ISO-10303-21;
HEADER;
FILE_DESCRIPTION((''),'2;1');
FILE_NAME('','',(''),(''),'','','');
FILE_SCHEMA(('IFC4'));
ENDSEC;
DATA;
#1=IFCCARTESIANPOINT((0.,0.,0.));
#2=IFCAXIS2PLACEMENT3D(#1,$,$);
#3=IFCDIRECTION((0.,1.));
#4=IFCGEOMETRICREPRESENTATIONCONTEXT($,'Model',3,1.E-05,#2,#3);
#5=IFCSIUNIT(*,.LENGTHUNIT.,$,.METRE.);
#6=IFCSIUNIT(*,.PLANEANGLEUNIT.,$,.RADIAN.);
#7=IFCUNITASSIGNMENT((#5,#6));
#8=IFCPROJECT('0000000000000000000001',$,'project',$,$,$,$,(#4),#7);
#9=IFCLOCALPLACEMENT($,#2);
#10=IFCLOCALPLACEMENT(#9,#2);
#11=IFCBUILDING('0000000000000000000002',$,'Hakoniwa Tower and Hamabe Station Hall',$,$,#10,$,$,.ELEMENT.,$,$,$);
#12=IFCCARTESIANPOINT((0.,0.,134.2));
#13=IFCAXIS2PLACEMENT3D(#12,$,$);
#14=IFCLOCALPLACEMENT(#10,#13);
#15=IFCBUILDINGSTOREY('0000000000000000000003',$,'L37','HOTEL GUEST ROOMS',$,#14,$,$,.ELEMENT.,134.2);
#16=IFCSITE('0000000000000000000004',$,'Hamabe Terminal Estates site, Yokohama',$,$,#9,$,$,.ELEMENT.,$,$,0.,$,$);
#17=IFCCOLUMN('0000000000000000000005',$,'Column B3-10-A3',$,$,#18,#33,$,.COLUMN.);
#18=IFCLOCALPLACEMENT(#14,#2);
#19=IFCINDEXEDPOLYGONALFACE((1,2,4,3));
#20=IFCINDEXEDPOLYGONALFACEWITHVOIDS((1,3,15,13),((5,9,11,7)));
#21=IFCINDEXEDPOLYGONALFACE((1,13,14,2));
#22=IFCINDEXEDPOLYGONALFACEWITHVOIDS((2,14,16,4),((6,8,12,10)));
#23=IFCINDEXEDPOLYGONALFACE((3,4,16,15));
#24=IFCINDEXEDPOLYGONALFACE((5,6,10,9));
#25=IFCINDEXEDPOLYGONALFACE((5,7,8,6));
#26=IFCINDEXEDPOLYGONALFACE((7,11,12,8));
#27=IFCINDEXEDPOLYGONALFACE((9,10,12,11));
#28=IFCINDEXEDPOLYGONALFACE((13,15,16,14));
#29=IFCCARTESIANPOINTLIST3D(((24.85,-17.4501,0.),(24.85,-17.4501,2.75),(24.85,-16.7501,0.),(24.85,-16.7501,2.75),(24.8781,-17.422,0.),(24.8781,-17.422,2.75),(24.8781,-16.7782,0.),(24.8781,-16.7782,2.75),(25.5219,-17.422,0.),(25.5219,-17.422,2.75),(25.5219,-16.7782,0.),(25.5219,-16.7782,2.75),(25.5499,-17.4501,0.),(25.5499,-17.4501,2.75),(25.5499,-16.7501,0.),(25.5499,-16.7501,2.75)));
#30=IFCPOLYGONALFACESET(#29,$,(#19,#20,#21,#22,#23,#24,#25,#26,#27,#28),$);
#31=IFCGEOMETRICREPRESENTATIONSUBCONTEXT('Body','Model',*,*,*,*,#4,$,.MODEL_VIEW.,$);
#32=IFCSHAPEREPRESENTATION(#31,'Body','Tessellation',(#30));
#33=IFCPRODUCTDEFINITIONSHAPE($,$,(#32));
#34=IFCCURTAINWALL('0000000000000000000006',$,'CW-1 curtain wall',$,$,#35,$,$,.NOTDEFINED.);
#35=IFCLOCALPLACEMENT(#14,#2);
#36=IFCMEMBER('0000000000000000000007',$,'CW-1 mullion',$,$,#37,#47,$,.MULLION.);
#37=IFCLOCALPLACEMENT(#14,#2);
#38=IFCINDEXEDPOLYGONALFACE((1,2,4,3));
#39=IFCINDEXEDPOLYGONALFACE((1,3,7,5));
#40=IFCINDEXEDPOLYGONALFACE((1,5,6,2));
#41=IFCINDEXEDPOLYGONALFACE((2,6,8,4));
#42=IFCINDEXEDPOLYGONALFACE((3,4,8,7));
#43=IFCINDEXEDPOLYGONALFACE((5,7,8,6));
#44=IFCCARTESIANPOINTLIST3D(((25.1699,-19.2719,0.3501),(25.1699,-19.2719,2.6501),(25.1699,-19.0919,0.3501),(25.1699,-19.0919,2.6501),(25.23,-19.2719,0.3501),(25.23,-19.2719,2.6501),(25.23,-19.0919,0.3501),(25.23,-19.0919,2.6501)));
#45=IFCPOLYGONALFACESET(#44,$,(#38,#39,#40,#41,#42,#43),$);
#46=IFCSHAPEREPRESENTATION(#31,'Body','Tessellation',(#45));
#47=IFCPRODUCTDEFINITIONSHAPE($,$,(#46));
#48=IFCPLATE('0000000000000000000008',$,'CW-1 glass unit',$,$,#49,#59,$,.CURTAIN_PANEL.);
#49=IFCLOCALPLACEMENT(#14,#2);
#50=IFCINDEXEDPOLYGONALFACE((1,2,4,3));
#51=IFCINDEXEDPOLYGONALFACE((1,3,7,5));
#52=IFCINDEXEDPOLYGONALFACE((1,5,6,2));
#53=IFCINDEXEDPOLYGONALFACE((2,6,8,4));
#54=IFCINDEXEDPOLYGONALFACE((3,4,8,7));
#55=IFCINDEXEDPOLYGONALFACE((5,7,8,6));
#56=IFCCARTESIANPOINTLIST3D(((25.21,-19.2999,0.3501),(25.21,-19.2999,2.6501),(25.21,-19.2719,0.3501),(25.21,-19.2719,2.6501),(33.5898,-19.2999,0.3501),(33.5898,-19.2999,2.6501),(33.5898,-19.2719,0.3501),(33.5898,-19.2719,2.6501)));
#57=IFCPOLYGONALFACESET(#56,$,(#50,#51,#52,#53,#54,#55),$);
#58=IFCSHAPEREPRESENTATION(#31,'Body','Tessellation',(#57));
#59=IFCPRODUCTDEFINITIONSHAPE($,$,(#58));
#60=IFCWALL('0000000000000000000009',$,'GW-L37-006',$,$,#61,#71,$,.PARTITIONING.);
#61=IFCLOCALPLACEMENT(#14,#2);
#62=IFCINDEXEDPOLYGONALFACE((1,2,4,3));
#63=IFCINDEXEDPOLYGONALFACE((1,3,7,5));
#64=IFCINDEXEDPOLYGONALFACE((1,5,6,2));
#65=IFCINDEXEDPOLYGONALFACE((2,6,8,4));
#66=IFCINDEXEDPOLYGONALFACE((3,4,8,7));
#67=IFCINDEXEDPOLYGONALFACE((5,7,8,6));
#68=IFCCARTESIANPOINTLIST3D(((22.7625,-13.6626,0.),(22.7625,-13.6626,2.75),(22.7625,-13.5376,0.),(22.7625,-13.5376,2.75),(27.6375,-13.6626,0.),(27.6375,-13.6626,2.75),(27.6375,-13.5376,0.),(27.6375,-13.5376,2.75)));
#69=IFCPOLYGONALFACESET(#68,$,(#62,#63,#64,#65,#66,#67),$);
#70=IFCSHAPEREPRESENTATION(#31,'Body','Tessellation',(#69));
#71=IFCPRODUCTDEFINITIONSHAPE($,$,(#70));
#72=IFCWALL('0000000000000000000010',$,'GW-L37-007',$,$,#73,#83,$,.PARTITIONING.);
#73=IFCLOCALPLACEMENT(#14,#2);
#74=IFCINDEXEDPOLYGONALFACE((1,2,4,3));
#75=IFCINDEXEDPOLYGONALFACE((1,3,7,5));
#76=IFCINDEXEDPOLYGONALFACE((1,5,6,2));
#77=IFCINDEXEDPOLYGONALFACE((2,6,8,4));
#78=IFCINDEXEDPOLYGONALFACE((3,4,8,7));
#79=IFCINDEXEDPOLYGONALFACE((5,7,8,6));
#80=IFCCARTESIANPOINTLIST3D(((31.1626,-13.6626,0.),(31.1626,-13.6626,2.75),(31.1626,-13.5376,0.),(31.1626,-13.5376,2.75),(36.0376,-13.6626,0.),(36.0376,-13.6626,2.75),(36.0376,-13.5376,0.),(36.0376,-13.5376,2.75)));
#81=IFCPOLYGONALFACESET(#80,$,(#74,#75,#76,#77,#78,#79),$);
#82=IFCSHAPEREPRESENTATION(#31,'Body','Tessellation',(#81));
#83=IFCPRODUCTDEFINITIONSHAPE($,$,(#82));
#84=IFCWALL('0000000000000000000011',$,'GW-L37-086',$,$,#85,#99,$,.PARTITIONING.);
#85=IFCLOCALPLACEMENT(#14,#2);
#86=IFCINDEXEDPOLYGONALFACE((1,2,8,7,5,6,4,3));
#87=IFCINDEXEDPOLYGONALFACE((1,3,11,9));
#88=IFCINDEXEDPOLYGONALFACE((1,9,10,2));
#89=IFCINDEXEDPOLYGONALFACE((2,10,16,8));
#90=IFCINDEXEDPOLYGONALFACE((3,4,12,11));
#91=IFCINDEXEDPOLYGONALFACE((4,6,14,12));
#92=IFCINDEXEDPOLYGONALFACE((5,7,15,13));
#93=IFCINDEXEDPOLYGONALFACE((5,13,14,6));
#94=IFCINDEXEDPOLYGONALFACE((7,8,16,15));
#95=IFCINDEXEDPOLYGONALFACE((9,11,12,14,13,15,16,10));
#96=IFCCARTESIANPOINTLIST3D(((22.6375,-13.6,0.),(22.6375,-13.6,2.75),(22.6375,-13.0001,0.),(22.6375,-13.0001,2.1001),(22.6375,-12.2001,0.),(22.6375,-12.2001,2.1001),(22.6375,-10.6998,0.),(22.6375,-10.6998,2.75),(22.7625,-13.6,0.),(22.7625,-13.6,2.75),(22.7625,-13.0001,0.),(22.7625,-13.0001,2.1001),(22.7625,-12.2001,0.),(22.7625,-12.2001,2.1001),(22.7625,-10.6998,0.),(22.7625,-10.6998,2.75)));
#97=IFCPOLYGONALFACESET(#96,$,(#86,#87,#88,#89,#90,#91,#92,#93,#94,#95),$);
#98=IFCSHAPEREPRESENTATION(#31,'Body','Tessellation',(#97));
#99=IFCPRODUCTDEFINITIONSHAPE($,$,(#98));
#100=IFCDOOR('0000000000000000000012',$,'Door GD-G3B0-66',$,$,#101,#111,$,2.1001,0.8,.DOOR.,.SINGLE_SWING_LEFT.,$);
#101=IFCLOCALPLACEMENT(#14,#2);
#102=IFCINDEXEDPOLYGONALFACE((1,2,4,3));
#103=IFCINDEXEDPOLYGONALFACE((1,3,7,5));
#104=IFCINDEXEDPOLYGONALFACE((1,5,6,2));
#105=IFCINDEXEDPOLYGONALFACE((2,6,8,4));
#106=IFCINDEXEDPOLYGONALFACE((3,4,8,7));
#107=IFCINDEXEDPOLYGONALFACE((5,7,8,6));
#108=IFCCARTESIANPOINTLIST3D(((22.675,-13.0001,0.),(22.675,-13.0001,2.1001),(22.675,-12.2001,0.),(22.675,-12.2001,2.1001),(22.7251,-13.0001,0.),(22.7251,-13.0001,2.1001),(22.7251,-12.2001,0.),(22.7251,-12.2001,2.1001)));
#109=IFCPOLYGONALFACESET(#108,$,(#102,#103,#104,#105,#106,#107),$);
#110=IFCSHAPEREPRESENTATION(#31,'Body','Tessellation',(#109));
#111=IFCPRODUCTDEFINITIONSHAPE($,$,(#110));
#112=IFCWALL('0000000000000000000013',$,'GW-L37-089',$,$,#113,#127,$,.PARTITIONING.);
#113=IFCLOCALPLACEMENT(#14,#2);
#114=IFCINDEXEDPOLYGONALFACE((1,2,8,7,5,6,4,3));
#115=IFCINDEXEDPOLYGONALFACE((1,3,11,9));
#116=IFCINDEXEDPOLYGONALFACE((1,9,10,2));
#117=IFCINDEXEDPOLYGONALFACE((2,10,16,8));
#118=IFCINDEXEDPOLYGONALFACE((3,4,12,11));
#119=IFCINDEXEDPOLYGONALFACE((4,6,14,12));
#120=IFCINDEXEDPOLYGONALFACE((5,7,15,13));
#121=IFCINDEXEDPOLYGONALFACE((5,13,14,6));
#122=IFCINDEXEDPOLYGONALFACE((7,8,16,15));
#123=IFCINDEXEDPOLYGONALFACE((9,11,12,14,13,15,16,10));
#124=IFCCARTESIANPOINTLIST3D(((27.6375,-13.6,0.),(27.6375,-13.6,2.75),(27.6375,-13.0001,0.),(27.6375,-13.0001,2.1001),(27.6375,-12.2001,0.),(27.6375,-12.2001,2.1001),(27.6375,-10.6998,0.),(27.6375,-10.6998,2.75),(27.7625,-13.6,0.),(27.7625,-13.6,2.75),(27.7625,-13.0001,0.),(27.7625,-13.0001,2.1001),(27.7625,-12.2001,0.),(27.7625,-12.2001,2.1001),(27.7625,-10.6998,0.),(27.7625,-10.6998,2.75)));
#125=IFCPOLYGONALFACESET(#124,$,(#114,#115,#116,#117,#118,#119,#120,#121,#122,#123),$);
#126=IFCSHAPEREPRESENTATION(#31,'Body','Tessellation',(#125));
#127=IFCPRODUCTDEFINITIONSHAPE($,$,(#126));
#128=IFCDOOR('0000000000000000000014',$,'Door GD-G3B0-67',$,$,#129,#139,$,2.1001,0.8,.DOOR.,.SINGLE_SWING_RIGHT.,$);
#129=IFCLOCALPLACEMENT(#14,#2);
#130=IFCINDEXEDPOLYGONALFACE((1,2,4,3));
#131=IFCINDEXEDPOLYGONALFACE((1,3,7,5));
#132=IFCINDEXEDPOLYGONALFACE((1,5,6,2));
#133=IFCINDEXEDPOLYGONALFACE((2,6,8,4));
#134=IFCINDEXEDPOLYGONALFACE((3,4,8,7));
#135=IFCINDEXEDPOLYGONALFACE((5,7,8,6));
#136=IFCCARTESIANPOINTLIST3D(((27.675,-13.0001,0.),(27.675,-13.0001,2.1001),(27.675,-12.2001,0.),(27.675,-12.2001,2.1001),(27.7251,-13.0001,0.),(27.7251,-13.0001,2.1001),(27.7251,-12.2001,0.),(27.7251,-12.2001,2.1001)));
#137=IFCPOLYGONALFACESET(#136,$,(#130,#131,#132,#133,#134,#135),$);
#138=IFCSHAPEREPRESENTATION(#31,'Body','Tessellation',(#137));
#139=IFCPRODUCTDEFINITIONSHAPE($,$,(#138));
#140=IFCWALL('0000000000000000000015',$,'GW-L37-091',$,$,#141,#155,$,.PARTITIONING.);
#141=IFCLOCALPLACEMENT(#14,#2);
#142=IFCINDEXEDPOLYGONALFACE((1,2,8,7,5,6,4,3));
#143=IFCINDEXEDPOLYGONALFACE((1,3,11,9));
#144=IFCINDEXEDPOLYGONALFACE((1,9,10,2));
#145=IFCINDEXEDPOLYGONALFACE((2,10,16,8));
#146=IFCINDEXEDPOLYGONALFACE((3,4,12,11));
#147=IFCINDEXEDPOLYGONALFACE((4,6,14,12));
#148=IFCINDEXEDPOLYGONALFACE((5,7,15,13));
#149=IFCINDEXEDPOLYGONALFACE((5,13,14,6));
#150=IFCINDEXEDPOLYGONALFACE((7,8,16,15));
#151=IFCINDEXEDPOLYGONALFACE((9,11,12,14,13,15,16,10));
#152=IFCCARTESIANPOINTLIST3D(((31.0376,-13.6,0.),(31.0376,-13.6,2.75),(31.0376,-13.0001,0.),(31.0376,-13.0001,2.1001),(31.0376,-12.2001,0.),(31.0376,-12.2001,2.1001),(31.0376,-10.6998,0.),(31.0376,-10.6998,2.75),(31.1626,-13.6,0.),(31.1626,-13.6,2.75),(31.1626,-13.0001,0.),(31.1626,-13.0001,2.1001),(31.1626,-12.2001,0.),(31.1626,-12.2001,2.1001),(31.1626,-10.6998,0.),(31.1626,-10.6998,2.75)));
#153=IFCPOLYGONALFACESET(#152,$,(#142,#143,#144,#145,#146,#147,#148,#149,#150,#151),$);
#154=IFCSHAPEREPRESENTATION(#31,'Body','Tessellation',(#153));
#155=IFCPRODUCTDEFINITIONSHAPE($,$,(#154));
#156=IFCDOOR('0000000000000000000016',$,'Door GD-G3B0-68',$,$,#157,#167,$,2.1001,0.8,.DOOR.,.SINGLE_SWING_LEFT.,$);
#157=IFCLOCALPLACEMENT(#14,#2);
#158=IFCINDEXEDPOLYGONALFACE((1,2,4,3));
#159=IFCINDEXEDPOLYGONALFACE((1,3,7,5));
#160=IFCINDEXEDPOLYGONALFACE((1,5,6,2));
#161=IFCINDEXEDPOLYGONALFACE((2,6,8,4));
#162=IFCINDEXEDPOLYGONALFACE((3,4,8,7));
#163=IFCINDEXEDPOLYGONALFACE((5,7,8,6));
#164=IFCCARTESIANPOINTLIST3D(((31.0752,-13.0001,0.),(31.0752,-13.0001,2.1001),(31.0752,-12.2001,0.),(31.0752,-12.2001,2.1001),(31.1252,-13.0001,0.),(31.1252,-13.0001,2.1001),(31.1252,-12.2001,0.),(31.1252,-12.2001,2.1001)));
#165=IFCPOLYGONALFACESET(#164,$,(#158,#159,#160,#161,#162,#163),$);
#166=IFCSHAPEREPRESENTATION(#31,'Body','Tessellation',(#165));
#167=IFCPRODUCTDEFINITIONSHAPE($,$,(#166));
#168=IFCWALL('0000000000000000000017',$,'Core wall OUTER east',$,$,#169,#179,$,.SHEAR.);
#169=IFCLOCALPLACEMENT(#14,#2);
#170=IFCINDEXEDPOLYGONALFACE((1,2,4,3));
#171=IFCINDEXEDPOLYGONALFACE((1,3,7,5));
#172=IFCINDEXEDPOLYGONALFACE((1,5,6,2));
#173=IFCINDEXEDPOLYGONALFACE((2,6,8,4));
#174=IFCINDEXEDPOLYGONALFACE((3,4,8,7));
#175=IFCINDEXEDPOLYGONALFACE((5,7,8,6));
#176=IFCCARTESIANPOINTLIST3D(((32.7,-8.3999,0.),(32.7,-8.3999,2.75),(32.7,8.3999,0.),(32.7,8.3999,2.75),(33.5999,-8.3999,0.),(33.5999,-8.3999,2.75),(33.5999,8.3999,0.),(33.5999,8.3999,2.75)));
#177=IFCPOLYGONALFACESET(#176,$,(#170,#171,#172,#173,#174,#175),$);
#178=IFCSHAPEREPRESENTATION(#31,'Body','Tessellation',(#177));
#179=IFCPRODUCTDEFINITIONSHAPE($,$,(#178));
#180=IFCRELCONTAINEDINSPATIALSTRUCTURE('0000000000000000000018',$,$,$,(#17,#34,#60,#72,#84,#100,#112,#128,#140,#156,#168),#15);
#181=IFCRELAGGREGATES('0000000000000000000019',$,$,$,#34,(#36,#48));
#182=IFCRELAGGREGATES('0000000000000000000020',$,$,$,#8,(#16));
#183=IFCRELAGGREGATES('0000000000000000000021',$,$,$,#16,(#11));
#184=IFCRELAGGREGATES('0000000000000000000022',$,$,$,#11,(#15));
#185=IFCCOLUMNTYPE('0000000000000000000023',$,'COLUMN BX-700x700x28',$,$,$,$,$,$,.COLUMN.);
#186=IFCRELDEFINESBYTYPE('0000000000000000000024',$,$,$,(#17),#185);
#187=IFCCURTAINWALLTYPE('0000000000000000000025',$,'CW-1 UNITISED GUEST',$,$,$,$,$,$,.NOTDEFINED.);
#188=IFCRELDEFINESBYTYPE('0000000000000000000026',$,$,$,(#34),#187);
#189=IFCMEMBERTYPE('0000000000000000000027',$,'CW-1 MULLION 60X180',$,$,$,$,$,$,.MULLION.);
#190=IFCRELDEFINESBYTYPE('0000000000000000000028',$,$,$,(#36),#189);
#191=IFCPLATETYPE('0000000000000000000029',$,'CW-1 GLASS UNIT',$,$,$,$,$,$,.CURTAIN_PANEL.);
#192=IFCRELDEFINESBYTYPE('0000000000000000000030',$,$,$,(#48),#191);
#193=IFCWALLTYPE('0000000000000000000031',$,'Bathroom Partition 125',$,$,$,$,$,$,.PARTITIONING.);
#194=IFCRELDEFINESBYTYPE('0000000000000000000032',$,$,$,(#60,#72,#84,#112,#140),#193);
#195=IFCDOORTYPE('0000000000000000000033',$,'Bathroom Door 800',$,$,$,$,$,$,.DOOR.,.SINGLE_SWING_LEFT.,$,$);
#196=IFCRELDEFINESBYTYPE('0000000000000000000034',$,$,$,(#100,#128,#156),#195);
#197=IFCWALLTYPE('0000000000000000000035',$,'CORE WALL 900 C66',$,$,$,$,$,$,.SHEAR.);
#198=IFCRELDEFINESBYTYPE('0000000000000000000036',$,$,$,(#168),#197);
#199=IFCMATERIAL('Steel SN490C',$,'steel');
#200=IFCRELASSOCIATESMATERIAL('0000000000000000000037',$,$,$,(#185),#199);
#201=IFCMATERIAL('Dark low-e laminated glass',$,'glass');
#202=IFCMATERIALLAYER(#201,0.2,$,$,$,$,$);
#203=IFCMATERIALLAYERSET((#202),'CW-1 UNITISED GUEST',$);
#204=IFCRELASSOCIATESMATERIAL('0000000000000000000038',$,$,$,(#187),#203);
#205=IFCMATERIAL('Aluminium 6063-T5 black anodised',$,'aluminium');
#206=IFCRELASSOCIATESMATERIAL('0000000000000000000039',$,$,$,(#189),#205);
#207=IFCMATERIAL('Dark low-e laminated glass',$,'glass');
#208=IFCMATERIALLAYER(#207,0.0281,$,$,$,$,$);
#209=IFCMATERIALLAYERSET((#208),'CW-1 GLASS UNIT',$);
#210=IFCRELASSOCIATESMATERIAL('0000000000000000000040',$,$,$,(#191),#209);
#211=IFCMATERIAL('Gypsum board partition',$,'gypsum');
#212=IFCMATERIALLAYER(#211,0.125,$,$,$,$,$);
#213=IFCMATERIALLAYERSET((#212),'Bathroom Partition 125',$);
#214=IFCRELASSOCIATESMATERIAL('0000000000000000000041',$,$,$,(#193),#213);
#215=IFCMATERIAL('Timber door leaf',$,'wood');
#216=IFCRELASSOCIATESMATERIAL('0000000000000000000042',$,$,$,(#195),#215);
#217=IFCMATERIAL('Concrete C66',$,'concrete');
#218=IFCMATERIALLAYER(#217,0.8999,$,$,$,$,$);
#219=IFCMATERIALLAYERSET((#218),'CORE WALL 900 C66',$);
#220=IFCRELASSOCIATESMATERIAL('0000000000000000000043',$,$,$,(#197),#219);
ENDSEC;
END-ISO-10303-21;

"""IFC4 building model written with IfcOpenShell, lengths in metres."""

from ifc_helpers import new_model, si_unit, direction, frame, frame_2d, origin, origin_2d, place, context, subcontext, project, spatial, rectangle, hollow_rectangle, extrude, material, layer, layer_set, material_profile, profile_set, type_object, element, fill, aggregate, save


model = new_model("IFC4")

# Units and contexts
model_context = context("Model", 3, precision=1e-05, world=origin(), true_north=direction((0.0, 1.0)))
body_context = subcontext(model_context, "Body", "Model", "MODEL_VIEW")
ifc_project = project(units=[si_unit("LENGTHUNIT", "METRE"), si_unit("PLANEANGLEUNIT", "RADIAN")], contexts=[model_context])

# Site, building, storey
site_placement = place(None, origin())
site = spatial("IfcSite", under=ifc_project, at=site_placement, Name="Hamabe Terminal Estates site, Yokohama", CompositionType="ELEMENT", RefElevation=0.0)
building_placement = place(site_placement, origin())
building = spatial("IfcBuilding", under=site, at=building_placement, Name="Hakoniwa Tower and Hamabe Station Hall", CompositionType="ELEMENT")
storey_placement = place(building_placement, frame((0.0, 0.0, 134.2)))
storey = spatial("IfcBuildingStorey", under=building, at=storey_placement, Name="L37", Description="HOTEL GUEST ROOMS", CompositionType="ELEMENT", Elevation=134.2)

# Column
ifc_material_1 = material(Name="Steel SN490C", Category="steel")
ifc_material_profile_1 = material_profile(ifc_material_1, hollow_rectangle(XDim=0.7, YDim=0.7, WallThickness=0.0281, at=origin_2d()), Name="BX-700x700x28")
ifc_profile_set_1 = profile_set([ifc_material_profile_1], Name="Steel SN490C")
column_type = type_object("IfcColumnType", Name="COLUMN BX-700x700x28", PredefinedType="COLUMN", material=ifc_profile_set_1)
column_placement = place(storey_placement, frame((25.2, -17.1001, 0.0), z_axis=(0.0, 0.0, 1.0), x_axis=(1.0, 0.0, 0.0)))
element("IfcColumn", 1, at=column_placement, inside=storey, type_object=column_type, Name="Column B3-10-A3", PredefinedType="COLUMN", context=body_context, shape_type="SweptSolid", body=[
    extrude(hollow_rectangle(XDim=0.7, YDim=0.7, WallThickness=0.0281, at=origin_2d()), origin(), (0.0, 0.0, 1.0), 2.75),
])

# Curtain wall, member, plate
ifc_material_2 = material(Name="Dark low-e laminated glass", Category="glass")
ifc_layer_1 = layer(ifc_material_2, 0.2)
ifc_layer_set_1 = layer_set([ifc_layer_1], Name="CW-1 UNITISED GUEST")
curtain_wall_type = type_object("IfcCurtainWallType", Name="CW-1 UNITISED GUEST", PredefinedType="NOTDEFINED", material=ifc_layer_set_1)
curtain_wall_placement = place(storey_placement, origin())
curtain_wall = element("IfcCurtainWall", 2, at=curtain_wall_placement, inside=storey, type_object=curtain_wall_type, Name="CW-1 curtain wall", PredefinedType="NOTDEFINED")
ifc_material_3 = material(Name="Aluminium 6063-T5 black anodised", Category="aluminium")
ifc_material_profile_2 = material_profile(ifc_material_3, rectangle(XDim=0.0601, YDim=0.1799, at=origin_2d()), Name="CW-1 MULLION 60X180")
ifc_profile_set_2 = profile_set([ifc_material_profile_2], Name="Aluminium 6063-T5 black anodised")
member_type = type_object("IfcMemberType", Name="CW-1 MULLION 60X180", PredefinedType="MULLION", material=ifc_profile_set_2)
member_placement = place(storey_placement, frame((25.2, -19.1819, 0.3501), z_axis=(0.0, 0.0, 1.0), x_axis=(1.0, 0.0, 0.0)))
member = element("IfcMember", 3, at=member_placement, type_object=member_type, Name="CW-1 mullion", PredefinedType="MULLION", context=body_context, shape_type="SweptSolid", body=[
    extrude(rectangle(XDim=0.0601, YDim=0.1799, at=origin_2d()), origin(), (0.0, 0.0, 1.0), 2.3),
])
ifc_material_4 = material(Name="Dark low-e laminated glass", Category="glass")
ifc_layer_2 = layer(ifc_material_4, 0.0281)
ifc_layer_set_2 = layer_set([ifc_layer_2], Name="CW-1 GLASS UNIT")
plate_type = type_object("IfcPlateType", Name="CW-1 GLASS UNIT", PredefinedType="CURTAIN_PANEL", material=ifc_layer_set_2)
plate_placement = place(storey_placement, frame((29.3999, -19.2859, 0.3501), z_axis=(0.0, 0.0, 1.0), x_axis=(1.0, 0.0, 0.0)))
plate = element("IfcPlate", 4, at=plate_placement, type_object=plate_type, Name="CW-1 glass unit", PredefinedType="CURTAIN_PANEL", context=body_context, shape_type="SweptSolid", body=[
    extrude(rectangle(XDim=8.3799, YDim=0.0281, at=origin_2d()), origin(), (0.0, 0.0, 1.0), 2.3),
])
aggregate(curtain_wall, [member, plate])

# Walls
ifc_material_5 = material(Name="Gypsum board partition", Category="gypsum")
ifc_layer_3 = layer(ifc_material_5, 0.125)
ifc_layer_set_3 = layer_set([ifc_layer_3], Name="Bathroom Partition 125")
wall_type_1 = type_object("IfcWallType", Name="Bathroom Partition 125", PredefinedType="PARTITIONING", material=ifc_layer_set_3)
for number, where, z_axis, x_axis, name in (
    (5, (22.7625, -13.6001, 0.0), (0.0, 0.0, 1.0), (1.0, 0.0, 0.0), "GW-L37-006"),
    (6, (31.1626, -13.6001, 0.0), (0.0, 0.0, 1.0), (1.0, 0.0, 0.0), "GW-L37-007"),
):
    element("IfcWall", number, at=place(storey_placement, frame(where, z_axis=z_axis, x_axis=x_axis)), inside=storey, type_object=wall_type_1, Name=name, PredefinedType="PARTITIONING", context=body_context, shape_type="SweptSolid", body=[
        extrude(rectangle(XDim=4.875, YDim=0.125, at=frame_2d((2.4375, 0.0))), origin(), (0.0, 0.0, 1.0), 2.75),
    ])

# Walls, openings, doors
wall_1_placement = place(storey_placement, frame((22.7, -13.6001, 0.0), z_axis=(0.0, 0.0, 1.0), x_axis=(0.0, 1.0, 0.0)))
wall_1 = element("IfcWall", 7, at=wall_1_placement, inside=storey, type_object=wall_type_1, Name="GW-L37-086", PredefinedType="PARTITIONING", context=body_context, shape_type="SweptSolid", body=[
    extrude(rectangle(XDim=2.9001, YDim=0.125, at=frame_2d((1.4502, 0.0))), origin(), (0.0, 0.0, 1.0), 2.75),
])
opening_1_placement = place(wall_1_placement, frame((0.6001, 0.0, 0.0)))
opening_1 = element("IfcOpeningElement", 8, at=opening_1_placement, cuts=wall_1, PredefinedType="OPENING", context=body_context, shape_type="SweptSolid", body=[
    extrude(rectangle(XDim=0.8, YDim=2.1001, at=frame_2d((0.3999, 1.05))), frame((0.0, 0.0725, 0.0), z_axis=(0.0, -1.0, 0.0), x_axis=(1.0, 0.0, 0.0)), (0.0, 0.0, 1.0), 0.145),
])
ifc_material_6 = material(Name="Timber door leaf", Category="wood")
door_type = type_object("IfcDoorType", Name="Bathroom Door 800", OperationType="SINGLE_SWING_LEFT", PredefinedType="DOOR", material=ifc_material_6)
door_1_placement = place(opening_1_placement, origin())
door_1 = element("IfcDoor", 9, at=door_1_placement, inside=storey, type_object=door_type, Name="Door GD-G3B0-66", OperationType="SINGLE_SWING_LEFT", OverallHeight=2.1001, OverallWidth=0.8, PredefinedType="DOOR", context=body_context, shape_type="SweptSolid", body=[
    extrude(rectangle(XDim=0.8, YDim=2.1001, at=frame_2d((0.3999, 1.05))), frame((0.0, 0.0249, 0.0), z_axis=(0.0, -1.0, 0.0), x_axis=(1.0, 0.0, 0.0)), (0.0, 0.0, 1.0), 0.05),
])
fill(opening_1, door_1)
wall_2_placement = place(storey_placement, frame((27.7, -13.6001, 0.0), z_axis=(0.0, 0.0, 1.0), x_axis=(0.0, 1.0, 0.0)))
wall_2 = element("IfcWall", 10, at=wall_2_placement, inside=storey, type_object=wall_type_1, Name="GW-L37-089", PredefinedType="PARTITIONING", context=body_context, shape_type="SweptSolid", body=[
    extrude(rectangle(XDim=2.9001, YDim=0.125, at=frame_2d((1.4502, 0.0))), origin(), (0.0, 0.0, 1.0), 2.75),
])
opening_2_placement = place(wall_2_placement, frame((0.6001, 0.0, 0.0)))
opening_2 = element("IfcOpeningElement", 11, at=opening_2_placement, cuts=wall_2, PredefinedType="OPENING", context=body_context, shape_type="SweptSolid", body=[
    extrude(rectangle(XDim=0.8, YDim=2.1001, at=frame_2d((0.3999, 1.05))), frame((0.0, 0.0725, 0.0), z_axis=(0.0, -1.0, 0.0), x_axis=(1.0, 0.0, 0.0)), (0.0, 0.0, 1.0), 0.145),
])
door_2_placement = place(opening_2_placement, origin())
door_2 = element("IfcDoor", 12, at=door_2_placement, inside=storey, type_object=door_type, Name="Door GD-G3B0-67", OperationType="SINGLE_SWING_RIGHT", OverallHeight=2.1001, OverallWidth=0.8, PredefinedType="DOOR", context=body_context, shape_type="SweptSolid", body=[
    extrude(rectangle(XDim=0.8, YDim=2.1001, at=frame_2d((0.3999, 1.05))), frame((0.0, 0.0249, 0.0), z_axis=(0.0, -1.0, 0.0), x_axis=(1.0, 0.0, 0.0)), (0.0, 0.0, 1.0), 0.05),
])
fill(opening_2, door_2)
wall_3_placement = place(storey_placement, frame((31.1001, -13.6001, 0.0), z_axis=(0.0, 0.0, 1.0), x_axis=(0.0, 1.0, 0.0)))
wall_3 = element("IfcWall", 13, at=wall_3_placement, inside=storey, type_object=wall_type_1, Name="GW-L37-091", PredefinedType="PARTITIONING", context=body_context, shape_type="SweptSolid", body=[
    extrude(rectangle(XDim=2.9001, YDim=0.125, at=frame_2d((1.4502, 0.0))), origin(), (0.0, 0.0, 1.0), 2.75),
])
opening_3_placement = place(wall_3_placement, frame((0.6001, 0.0, 0.0)))
opening_3 = element("IfcOpeningElement", 14, at=opening_3_placement, cuts=wall_3, PredefinedType="OPENING", context=body_context, shape_type="SweptSolid", body=[
    extrude(rectangle(XDim=0.8, YDim=2.1001, at=frame_2d((0.3999, 1.05))), frame((0.0, 0.0725, 0.0), z_axis=(0.0, -1.0, 0.0), x_axis=(1.0, 0.0, 0.0)), (0.0, 0.0, 1.0), 0.145),
])
door_3_placement = place(opening_3_placement, origin())
door_3 = element("IfcDoor", 15, at=door_3_placement, inside=storey, type_object=door_type, Name="Door GD-G3B0-68", OperationType="SINGLE_SWING_LEFT", OverallHeight=2.1001, OverallWidth=0.8, PredefinedType="DOOR", context=body_context, shape_type="SweptSolid", body=[
    extrude(rectangle(XDim=0.8, YDim=2.1001, at=frame_2d((0.3999, 1.05))), frame((0.0, 0.0249, 0.0), z_axis=(0.0, -1.0, 0.0), x_axis=(1.0, 0.0, 0.0)), (0.0, 0.0, 1.0), 0.05),
])
fill(opening_3, door_3)

# Wall
ifc_material_7 = material(Name="Concrete C66", Category="concrete")
ifc_layer_4 = layer(ifc_material_7, 0.8999)
ifc_layer_set_4 = layer_set([ifc_layer_4], Name="CORE WALL 900 C66")
wall_type_2 = type_object("IfcWallType", Name="CORE WALL 900 C66", PredefinedType="SHEAR", material=ifc_layer_set_4)
wall_4_placement = place(storey_placement, frame((33.1499, -8.3999, 0.0), z_axis=(0.0, 0.0, 1.0), x_axis=(0.0, 1.0, 0.0)))
element("IfcWall", 16, at=wall_4_placement, inside=storey, type_object=wall_type_2, Name="Core wall OUTER east", PredefinedType="SHEAR", context=body_context, shape_type="SweptSolid", body=[
    extrude(rectangle(XDim=16.7998, YDim=0.8999, at=frame_2d((8.3999, 0.0))), origin(), (0.0, 0.0, 1.0), 2.75),
])

save(model, "model.ifc")
